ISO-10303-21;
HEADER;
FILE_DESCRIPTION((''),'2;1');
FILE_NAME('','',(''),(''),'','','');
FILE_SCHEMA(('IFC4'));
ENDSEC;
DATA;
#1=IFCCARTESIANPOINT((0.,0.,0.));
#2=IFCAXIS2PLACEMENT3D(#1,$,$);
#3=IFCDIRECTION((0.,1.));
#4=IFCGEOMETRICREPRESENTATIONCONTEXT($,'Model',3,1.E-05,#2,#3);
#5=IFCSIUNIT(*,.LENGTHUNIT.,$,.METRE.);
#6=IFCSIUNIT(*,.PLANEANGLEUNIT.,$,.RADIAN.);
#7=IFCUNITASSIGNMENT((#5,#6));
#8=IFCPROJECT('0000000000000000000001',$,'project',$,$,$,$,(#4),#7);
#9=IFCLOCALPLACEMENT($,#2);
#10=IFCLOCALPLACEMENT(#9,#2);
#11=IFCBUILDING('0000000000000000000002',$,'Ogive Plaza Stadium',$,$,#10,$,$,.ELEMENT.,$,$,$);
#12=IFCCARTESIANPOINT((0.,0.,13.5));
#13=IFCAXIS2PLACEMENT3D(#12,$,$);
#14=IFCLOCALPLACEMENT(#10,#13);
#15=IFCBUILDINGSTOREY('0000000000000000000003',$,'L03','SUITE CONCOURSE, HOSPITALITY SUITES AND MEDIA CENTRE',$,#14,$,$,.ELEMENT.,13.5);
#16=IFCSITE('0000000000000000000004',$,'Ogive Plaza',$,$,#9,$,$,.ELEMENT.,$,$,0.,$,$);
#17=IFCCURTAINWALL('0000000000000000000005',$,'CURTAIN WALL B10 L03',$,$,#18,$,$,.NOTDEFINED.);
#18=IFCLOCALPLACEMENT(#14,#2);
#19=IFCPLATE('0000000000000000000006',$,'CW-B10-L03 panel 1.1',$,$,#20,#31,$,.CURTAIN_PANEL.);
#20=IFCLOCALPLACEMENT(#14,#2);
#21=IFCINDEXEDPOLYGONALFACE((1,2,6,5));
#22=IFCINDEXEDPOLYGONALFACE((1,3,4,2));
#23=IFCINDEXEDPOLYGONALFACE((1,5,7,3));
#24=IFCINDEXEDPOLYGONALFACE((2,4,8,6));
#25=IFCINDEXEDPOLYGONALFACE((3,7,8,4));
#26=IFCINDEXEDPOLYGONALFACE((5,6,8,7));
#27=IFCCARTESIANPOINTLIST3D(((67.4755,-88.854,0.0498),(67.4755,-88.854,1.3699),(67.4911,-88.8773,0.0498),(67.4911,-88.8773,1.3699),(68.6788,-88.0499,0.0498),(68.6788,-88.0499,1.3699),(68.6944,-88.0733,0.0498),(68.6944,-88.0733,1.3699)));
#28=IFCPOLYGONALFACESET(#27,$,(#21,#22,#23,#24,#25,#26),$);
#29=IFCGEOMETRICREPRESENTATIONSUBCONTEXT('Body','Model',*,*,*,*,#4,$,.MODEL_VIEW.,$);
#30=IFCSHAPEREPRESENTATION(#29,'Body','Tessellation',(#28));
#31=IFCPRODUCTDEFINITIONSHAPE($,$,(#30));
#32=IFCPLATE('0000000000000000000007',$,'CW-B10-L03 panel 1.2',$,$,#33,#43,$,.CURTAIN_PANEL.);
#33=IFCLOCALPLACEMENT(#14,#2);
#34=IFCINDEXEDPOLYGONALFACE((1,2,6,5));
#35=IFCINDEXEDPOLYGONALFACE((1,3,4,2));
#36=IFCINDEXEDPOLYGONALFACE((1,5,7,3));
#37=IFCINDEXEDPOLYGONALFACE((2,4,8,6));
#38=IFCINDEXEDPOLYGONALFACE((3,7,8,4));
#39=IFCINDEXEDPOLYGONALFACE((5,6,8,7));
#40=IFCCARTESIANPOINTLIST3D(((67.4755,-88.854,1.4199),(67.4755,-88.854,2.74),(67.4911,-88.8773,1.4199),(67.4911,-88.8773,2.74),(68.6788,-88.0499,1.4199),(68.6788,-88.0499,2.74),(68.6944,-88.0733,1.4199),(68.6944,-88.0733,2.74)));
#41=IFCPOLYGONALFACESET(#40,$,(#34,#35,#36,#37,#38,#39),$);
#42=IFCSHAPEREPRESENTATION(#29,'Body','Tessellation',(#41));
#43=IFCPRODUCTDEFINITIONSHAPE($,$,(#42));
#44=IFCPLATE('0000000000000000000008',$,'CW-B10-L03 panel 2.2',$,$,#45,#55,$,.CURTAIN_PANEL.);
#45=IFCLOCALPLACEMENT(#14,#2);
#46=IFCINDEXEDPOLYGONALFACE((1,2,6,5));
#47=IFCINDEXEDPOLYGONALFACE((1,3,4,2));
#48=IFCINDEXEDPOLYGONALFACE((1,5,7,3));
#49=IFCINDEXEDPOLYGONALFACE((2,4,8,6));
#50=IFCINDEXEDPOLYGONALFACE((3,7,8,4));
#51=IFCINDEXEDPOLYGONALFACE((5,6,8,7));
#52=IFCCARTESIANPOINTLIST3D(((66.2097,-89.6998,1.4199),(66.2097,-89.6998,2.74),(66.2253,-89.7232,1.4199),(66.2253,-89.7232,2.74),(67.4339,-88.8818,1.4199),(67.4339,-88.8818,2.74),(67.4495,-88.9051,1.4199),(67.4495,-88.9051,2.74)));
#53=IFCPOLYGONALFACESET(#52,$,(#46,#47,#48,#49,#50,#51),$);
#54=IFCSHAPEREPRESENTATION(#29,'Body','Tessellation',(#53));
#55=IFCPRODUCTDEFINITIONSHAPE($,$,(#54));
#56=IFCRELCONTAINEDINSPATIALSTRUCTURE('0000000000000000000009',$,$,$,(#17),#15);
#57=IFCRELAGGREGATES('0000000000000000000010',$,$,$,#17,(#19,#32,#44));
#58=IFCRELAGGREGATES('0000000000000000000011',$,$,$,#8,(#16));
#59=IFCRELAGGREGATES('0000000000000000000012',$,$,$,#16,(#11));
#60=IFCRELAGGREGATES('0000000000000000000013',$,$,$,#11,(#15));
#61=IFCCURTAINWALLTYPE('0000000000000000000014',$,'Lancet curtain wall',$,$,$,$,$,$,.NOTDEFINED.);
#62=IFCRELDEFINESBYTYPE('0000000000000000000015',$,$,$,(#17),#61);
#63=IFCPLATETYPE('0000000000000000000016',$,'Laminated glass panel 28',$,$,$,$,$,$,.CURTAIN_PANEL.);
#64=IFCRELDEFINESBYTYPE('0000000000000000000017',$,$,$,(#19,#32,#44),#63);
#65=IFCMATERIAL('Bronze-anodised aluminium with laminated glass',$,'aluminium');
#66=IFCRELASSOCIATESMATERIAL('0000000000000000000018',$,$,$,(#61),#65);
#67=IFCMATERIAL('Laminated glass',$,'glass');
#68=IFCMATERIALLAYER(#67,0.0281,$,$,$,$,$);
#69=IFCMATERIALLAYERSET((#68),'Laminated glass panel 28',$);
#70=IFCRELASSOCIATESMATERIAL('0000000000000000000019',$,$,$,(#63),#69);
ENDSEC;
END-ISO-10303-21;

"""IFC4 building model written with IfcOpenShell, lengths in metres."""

from ifc_helpers import new_model, si_unit, direction, frame, origin, origin_2d, place, context, subcontext, project, spatial, rectangle, extrude, material, layer, layer_set, type_object, element, aggregate, save


model = new_model("IFC4")

# Units and contexts
model_context = context("Model", 3, precision=1e-05, world=origin(), true_north=direction((0.0, 1.0)))
body_context = subcontext(model_context, "Body", "Model", "MODEL_VIEW")
ifc_project = project(units=[si_unit("LENGTHUNIT", "METRE"), si_unit("PLANEANGLEUNIT", "RADIAN")], contexts=[model_context])

# Site, building, storey
site_placement = place(None, origin())
site = spatial("IfcSite", under=ifc_project, at=site_placement, Name="Ogive Plaza", CompositionType="ELEMENT", RefElevation=0.0)
building_placement = place(site_placement, origin())
building = spatial("IfcBuilding", under=site, at=building_placement, Name="Ogive Plaza Stadium", CompositionType="ELEMENT")
storey_placement = place(building_placement, frame((0.0, 0.0, 13.5)))
storey = spatial("IfcBuildingStorey", under=building, at=storey_placement, Name="L03", Description="SUITE CONCOURSE, HOSPITALITY SUITES AND MEDIA CENTRE", CompositionType="ELEMENT", Elevation=13.5)

# Curtain wall
ifc_material_1 = material(Name="Bronze-anodised aluminium with laminated glass", Category="aluminium")
curtain_wall_type = type_object("IfcCurtainWallType", Name="Lancet curtain wall", PredefinedType="NOTDEFINED", material=ifc_material_1)
curtain_wall_1_placement = place(storey_placement, origin())
curtain_wall_1 = element("IfcCurtainWall", 1, at=curtain_wall_1_placement, inside=storey, type_object=curtain_wall_type, Name="CURTAIN WALL B10 L03", PredefinedType="NOTDEFINED")

# Plates
ifc_material_2 = material(Name="Laminated glass", Category="glass")
ifc_layer = layer(ifc_material_2, 0.0281)
ifc_layer_set = layer_set([ifc_layer], Name="Laminated glass panel 28")
plate_type = type_object("IfcPlateType", Name="Laminated glass panel 28", PredefinedType="CURTAIN_PANEL", material=ifc_layer_set)
plate_1_placement = place(storey_placement, frame((68.085, -88.4636, 0.0498), z_axis=(0.0, 0.0, 1.0), x_axis=(-0.83147, -0.55557, 0.0)))
plate_1 = element("IfcPlate", 2, at=plate_1_placement, type_object=plate_type, Name="CW-B10-L03 panel 1.1", PredefinedType="CURTAIN_PANEL", context=body_context, shape_type="SweptSolid", body=[
    extrude(rectangle(XDim=1.4473, YDim=0.0281, at=origin_2d()), origin(), (0.0, 0.0, 1.0), 1.3201),
])
plate_2_placement = place(storey_placement, frame((68.085, -88.4636, 1.4199), z_axis=(0.0, 0.0, 1.0), x_axis=(-0.83147, -0.55557, 0.0)))
plate_2 = element("IfcPlate", 3, at=plate_2_placement, type_object=plate_type, Name="CW-B10-L03 panel 1.2", PredefinedType="CURTAIN_PANEL", context=body_context, shape_type="SweptSolid", body=[
    extrude(rectangle(XDim=1.4473, YDim=0.0281, at=origin_2d()), origin(), (0.0, 0.0, 1.0), 1.3201),
])
plate_3_placement = place(storey_placement, frame((66.8296, -89.3025, 1.4199), z_axis=(0.0, 0.0, 1.0), x_axis=(-0.83147, -0.55557, 0.0)))
plate_3 = element("IfcPlate", 4, at=plate_3_placement, type_object=plate_type, Name="CW-B10-L03 panel 2.2", PredefinedType="CURTAIN_PANEL", context=body_context, shape_type="SweptSolid", body=[
    extrude(rectangle(XDim=1.4724, YDim=0.0281, at=origin_2d()), origin(), (0.0, 0.0, 1.0), 1.3201),
])
aggregate(curtain_wall_1, [plate_1, plate_2, plate_3])

save(model, "model.ifc")
